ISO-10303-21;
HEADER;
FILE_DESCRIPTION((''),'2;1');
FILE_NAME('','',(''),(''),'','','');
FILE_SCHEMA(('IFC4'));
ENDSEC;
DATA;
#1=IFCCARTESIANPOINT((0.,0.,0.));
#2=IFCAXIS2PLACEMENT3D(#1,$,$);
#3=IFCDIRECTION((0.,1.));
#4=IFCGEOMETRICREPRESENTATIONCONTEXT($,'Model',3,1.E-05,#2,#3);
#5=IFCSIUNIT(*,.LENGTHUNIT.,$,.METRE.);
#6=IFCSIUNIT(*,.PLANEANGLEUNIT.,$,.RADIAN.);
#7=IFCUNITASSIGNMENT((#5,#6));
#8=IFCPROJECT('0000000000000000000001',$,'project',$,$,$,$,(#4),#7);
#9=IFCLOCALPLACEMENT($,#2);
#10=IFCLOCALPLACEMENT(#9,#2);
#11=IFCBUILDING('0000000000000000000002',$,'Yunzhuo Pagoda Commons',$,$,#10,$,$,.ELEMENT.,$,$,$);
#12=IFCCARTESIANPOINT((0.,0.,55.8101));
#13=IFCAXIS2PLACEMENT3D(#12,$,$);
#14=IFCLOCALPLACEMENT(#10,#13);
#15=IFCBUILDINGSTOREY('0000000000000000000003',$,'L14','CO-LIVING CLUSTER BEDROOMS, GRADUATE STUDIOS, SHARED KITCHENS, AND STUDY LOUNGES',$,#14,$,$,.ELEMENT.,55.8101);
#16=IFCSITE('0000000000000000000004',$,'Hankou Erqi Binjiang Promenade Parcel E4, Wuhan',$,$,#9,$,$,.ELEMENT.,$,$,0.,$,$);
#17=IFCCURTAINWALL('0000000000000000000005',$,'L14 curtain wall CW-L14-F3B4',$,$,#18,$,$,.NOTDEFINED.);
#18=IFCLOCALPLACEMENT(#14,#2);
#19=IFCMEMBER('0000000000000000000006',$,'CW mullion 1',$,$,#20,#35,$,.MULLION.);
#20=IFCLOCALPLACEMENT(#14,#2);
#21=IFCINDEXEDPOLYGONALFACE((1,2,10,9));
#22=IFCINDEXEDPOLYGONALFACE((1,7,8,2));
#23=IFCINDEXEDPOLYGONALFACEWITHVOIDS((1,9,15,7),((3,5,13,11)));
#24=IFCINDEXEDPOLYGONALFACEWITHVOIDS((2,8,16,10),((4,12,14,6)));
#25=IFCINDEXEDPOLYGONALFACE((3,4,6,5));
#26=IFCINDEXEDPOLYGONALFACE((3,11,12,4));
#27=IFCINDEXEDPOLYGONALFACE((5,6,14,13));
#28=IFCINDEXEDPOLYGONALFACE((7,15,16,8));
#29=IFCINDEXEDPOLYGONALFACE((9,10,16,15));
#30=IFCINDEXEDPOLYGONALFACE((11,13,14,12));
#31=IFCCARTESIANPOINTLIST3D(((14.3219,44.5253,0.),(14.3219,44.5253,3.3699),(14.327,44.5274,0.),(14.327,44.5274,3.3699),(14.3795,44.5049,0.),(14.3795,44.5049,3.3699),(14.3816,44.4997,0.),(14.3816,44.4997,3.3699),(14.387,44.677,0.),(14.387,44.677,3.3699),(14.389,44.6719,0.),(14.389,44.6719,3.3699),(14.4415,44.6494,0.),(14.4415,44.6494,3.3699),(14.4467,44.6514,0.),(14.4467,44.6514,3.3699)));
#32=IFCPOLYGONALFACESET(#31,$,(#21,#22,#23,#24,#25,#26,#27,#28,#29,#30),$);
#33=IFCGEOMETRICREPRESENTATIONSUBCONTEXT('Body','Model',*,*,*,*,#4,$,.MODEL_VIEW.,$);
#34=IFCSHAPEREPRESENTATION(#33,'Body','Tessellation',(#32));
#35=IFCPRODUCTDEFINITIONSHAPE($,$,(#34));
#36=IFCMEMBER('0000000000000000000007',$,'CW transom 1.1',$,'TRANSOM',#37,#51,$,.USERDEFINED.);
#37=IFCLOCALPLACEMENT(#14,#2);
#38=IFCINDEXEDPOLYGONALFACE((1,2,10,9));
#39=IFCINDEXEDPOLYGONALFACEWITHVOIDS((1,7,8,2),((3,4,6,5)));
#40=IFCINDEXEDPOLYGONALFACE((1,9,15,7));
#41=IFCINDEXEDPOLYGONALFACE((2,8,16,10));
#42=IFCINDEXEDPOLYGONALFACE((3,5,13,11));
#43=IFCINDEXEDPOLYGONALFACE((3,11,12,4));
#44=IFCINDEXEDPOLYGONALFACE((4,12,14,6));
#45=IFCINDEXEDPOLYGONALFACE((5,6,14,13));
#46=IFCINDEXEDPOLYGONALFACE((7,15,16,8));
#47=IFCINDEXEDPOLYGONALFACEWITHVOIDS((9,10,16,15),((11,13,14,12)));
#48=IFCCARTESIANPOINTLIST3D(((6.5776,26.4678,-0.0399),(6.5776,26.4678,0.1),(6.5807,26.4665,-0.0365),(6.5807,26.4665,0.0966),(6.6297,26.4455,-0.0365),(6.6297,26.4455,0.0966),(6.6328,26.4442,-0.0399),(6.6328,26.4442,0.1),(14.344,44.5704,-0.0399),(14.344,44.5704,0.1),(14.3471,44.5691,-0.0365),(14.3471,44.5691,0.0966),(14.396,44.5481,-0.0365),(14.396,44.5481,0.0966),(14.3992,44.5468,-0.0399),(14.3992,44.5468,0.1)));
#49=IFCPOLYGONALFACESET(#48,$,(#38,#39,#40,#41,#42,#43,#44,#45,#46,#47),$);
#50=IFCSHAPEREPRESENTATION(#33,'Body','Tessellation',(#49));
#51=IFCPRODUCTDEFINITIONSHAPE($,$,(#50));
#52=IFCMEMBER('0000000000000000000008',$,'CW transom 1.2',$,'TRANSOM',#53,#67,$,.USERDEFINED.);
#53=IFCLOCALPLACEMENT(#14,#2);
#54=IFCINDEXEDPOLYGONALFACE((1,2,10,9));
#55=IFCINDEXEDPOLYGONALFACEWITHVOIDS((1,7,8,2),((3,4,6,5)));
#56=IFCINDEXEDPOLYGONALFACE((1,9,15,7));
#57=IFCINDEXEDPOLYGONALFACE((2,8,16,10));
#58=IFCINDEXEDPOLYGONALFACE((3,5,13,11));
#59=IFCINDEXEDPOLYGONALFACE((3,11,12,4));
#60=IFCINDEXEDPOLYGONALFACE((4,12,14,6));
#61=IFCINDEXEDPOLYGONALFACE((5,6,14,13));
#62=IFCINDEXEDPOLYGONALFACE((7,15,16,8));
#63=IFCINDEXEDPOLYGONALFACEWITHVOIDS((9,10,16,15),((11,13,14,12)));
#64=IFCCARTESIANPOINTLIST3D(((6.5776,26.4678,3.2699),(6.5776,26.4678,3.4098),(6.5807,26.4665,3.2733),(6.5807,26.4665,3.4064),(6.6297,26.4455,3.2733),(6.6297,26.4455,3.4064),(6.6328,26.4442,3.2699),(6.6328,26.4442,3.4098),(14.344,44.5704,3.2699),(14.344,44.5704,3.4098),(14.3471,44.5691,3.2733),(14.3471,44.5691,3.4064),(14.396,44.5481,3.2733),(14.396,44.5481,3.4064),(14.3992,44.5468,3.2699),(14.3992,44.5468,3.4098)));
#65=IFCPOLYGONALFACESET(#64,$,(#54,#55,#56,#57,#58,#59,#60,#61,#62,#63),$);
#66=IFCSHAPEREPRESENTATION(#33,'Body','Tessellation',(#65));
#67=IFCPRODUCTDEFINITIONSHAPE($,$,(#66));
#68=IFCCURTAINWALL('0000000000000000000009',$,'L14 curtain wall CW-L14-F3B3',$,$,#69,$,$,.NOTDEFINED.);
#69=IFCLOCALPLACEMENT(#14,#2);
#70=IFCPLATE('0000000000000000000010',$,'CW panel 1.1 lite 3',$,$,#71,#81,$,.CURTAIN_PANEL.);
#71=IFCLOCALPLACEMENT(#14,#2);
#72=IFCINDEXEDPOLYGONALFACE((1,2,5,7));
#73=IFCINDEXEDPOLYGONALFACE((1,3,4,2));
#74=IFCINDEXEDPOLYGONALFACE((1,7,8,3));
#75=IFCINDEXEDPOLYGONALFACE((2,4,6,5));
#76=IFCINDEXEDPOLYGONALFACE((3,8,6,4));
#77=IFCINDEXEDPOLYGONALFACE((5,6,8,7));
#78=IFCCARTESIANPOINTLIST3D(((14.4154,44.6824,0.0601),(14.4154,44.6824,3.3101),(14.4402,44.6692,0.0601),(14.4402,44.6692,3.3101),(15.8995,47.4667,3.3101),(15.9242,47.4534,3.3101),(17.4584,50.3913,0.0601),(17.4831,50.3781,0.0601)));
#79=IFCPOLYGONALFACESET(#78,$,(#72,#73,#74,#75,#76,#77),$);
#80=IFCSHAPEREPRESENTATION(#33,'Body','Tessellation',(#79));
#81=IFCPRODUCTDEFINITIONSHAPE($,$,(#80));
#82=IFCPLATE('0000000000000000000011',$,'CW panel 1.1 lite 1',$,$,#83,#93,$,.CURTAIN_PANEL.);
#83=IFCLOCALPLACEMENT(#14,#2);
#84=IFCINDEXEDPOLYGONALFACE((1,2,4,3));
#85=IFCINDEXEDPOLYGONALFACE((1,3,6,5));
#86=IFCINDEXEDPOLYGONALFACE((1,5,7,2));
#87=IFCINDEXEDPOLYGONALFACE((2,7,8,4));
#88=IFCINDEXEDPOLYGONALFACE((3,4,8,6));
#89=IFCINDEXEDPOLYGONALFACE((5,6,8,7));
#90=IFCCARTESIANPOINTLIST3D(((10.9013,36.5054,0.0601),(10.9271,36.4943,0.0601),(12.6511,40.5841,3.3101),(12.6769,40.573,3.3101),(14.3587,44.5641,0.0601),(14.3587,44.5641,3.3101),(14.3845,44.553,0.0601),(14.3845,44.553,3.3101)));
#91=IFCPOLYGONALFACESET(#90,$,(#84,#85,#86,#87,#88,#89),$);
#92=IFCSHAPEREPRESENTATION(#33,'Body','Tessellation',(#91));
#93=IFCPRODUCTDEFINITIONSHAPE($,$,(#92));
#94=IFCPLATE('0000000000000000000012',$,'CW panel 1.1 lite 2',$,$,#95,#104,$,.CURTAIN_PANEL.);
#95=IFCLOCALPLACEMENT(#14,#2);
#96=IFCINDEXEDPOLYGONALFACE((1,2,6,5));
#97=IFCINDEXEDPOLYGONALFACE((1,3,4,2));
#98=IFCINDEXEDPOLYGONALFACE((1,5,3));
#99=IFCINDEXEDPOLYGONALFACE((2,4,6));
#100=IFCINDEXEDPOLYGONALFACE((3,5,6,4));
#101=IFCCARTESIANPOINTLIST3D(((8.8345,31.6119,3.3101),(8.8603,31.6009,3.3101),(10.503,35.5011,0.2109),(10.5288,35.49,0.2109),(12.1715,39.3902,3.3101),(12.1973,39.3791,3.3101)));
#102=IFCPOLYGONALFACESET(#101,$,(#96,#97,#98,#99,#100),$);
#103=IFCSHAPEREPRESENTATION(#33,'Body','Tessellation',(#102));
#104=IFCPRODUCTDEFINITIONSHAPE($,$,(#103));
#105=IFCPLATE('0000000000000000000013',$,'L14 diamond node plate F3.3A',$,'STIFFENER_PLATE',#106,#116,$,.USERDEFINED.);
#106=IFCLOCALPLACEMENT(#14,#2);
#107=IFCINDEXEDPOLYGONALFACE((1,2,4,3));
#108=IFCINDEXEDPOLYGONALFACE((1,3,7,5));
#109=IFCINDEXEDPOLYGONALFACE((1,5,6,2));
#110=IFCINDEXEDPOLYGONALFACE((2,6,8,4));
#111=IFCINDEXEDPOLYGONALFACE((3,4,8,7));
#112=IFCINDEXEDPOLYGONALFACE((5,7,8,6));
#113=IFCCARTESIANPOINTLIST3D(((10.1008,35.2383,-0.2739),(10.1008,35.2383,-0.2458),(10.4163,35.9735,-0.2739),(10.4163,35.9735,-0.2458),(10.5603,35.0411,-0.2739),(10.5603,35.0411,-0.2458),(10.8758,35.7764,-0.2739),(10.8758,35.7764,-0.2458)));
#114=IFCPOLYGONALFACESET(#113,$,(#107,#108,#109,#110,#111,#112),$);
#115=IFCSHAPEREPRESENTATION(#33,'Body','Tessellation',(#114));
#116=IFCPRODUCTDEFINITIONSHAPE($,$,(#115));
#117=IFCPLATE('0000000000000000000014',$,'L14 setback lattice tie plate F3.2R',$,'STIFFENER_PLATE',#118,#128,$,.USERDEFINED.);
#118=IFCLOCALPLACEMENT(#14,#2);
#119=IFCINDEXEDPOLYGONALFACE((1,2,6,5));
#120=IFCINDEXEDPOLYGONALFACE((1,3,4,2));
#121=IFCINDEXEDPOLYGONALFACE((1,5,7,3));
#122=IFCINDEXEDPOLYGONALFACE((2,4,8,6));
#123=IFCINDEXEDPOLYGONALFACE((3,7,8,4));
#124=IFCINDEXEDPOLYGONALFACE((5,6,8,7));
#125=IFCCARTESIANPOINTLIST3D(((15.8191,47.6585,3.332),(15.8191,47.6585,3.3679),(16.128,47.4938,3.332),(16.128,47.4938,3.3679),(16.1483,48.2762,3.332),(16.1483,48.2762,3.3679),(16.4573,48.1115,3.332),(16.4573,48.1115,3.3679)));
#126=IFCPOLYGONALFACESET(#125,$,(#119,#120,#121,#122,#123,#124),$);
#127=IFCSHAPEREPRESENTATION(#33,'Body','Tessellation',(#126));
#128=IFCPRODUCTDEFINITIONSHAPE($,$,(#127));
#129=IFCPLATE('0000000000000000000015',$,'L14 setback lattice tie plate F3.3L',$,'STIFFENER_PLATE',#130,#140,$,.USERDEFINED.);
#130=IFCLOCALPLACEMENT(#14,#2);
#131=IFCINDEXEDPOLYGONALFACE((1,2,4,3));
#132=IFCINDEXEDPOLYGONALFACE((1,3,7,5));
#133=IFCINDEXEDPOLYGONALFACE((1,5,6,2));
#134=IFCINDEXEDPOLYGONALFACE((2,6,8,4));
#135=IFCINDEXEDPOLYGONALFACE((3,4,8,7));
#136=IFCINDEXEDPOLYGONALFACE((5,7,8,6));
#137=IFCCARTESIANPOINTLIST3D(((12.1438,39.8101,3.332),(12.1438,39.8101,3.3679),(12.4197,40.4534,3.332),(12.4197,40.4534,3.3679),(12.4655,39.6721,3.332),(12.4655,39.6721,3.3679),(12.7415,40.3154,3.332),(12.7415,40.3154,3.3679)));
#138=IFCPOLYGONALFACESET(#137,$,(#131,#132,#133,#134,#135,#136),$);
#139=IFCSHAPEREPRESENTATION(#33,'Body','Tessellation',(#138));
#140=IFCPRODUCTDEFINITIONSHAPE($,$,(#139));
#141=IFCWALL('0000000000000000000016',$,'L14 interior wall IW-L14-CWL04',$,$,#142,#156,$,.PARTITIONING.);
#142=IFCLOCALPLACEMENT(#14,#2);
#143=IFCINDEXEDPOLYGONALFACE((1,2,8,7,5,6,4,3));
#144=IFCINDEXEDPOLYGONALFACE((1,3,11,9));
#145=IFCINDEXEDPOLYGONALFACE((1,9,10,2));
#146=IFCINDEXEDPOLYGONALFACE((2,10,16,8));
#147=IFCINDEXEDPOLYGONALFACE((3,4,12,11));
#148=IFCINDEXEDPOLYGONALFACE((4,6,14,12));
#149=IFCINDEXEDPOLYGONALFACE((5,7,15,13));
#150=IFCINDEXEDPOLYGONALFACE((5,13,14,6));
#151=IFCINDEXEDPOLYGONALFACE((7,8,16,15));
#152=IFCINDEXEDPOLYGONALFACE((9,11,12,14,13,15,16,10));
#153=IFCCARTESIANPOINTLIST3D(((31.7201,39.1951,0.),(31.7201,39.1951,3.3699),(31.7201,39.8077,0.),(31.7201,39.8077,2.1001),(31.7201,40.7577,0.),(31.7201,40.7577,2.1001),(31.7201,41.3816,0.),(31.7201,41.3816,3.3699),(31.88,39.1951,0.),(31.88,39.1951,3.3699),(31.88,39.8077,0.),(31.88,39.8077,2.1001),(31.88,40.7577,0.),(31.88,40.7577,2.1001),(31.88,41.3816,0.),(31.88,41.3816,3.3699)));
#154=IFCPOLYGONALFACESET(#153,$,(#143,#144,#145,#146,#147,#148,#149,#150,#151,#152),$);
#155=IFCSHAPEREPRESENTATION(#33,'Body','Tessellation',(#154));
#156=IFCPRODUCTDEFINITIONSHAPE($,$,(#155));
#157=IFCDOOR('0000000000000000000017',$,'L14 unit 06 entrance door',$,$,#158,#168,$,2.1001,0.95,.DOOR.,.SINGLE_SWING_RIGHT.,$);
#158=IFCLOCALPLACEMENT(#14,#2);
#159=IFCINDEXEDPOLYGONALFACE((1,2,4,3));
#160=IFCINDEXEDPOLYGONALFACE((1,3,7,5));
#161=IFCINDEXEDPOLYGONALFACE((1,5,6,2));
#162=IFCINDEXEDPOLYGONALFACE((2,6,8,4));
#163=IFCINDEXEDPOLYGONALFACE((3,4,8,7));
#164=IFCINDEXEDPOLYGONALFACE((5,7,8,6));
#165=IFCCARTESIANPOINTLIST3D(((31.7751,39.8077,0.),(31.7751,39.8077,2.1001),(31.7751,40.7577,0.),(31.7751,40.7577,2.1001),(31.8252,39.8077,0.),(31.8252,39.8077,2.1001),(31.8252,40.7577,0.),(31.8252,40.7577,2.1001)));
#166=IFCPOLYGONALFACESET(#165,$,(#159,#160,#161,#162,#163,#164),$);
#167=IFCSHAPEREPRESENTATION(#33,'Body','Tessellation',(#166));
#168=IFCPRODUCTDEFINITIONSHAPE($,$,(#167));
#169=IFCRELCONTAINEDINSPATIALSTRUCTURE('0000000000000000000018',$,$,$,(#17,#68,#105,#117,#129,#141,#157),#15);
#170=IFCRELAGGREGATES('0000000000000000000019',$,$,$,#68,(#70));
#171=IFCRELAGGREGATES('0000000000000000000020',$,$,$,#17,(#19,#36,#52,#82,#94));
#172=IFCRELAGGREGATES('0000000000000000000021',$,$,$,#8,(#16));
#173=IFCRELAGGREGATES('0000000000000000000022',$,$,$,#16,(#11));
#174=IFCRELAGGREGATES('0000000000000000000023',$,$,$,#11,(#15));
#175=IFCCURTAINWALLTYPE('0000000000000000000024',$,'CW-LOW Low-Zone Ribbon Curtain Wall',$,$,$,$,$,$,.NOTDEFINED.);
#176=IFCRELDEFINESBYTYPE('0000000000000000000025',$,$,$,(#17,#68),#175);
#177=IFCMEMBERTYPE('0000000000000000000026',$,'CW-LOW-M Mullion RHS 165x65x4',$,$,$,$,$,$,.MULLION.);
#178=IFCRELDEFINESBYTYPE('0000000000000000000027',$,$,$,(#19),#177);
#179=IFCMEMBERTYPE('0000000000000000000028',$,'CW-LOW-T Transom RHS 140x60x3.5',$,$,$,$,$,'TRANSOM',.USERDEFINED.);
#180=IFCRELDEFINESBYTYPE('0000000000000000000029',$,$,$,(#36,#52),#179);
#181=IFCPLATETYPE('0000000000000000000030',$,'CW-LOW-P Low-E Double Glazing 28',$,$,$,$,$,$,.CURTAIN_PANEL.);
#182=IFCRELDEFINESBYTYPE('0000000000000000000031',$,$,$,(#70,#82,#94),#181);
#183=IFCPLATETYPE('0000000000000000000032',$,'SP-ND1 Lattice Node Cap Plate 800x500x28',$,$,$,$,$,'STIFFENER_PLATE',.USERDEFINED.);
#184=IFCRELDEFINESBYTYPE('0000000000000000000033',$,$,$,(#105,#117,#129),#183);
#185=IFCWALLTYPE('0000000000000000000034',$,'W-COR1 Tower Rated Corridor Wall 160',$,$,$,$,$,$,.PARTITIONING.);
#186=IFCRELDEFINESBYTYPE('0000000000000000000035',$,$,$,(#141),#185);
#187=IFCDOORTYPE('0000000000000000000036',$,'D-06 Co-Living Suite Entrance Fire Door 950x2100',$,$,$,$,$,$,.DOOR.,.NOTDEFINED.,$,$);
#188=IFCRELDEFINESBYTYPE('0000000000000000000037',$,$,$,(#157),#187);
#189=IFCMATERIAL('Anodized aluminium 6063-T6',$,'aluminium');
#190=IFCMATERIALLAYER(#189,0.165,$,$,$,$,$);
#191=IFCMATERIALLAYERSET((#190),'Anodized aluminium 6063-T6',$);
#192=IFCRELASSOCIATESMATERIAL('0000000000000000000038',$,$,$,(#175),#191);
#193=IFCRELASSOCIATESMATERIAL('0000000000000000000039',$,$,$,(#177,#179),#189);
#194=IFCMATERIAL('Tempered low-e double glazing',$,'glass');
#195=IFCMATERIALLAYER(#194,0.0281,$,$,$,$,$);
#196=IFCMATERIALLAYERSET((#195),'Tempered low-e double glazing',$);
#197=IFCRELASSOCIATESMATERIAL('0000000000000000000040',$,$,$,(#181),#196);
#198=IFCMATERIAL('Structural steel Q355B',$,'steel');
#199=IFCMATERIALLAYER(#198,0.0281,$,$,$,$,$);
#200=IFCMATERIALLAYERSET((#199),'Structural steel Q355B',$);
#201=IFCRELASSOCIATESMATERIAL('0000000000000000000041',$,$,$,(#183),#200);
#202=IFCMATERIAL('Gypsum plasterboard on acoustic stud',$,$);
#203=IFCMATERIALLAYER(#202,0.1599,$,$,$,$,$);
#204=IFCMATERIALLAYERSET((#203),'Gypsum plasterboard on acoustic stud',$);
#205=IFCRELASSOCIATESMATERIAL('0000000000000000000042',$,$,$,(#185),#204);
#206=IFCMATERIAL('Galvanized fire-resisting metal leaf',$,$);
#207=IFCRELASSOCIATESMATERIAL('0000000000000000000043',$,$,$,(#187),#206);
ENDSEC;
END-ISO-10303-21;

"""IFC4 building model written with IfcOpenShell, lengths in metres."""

from ifc_helpers import new_model, si_unit, direction, frame, frame_2d, origin, origin_with_axes, origin_2d, place, context, subcontext, project, spatial, polyline, rectangle, hollow_rectangle, outline, extrude, source, transform, mapped, material, layer, layer_set, material_profile, profile_set, type_object, element, fill, aggregate, save


model = new_model("IFC4")

# Units and contexts
model_context = context("Model", 3, precision=1e-05, world=origin(), true_north=direction((0.0, 1.0)))
body_context = subcontext(model_context, "Body", "Model", "MODEL_VIEW")
ifc_project = project(units=[si_unit("LENGTHUNIT", "METRE"), si_unit("PLANEANGLEUNIT", "RADIAN")], contexts=[model_context])

# Site, building, storey
site_placement = place(None, origin())
site = spatial("IfcSite", under=ifc_project, at=site_placement, Name="Hankou Erqi Binjiang Promenade Parcel E4, Wuhan", CompositionType="ELEMENT", RefElevation=0.0)
building_placement = place(site_placement, origin())
building = spatial("IfcBuilding", under=site, at=building_placement, Name="Yunzhuo Pagoda Commons", CompositionType="ELEMENT")
storey_placement = place(building_placement, frame((0.0, 0.0, 55.8101)))
storey = spatial("IfcBuildingStorey", under=building, at=storey_placement, Name="L14", Description="CO-LIVING CLUSTER BEDROOMS, GRADUATE STUDIOS, SHARED KITCHENS, AND STUDY LOUNGES", CompositionType="ELEMENT", Elevation=55.8101)

# Shared definitions
ifc_material_1 = material(Name="Structural steel Q355B", Category="steel")

# Curtain wall, members
ifc_material_2 = material(Name="Anodized aluminium 6063-T6", Category="aluminium")
ifc_layer_1 = layer(ifc_material_2, 0.165)
ifc_layer_set_1 = layer_set([ifc_layer_1], Name="Anodized aluminium 6063-T6")
curtain_wall_type = type_object("IfcCurtainWallType", Name="CW-LOW Low-Zone Ribbon Curtain Wall", PredefinedType="NOTDEFINED", material=ifc_layer_set_1)
curtain_wall_1_placement = place(storey_placement, origin())
curtain_wall_1 = element("IfcCurtainWall", 1, at=curtain_wall_1_placement, inside=storey, type_object=curtain_wall_type, Name="L14 curtain wall CW-L14-F3B4", PredefinedType="NOTDEFINED")
ifc_material_profile_1 = material_profile(ifc_material_2, hollow_rectangle(XDim=0.0649, YDim=0.165, WallThickness=0.0039, at=origin_2d()), Name="Anodized aluminium 6063-T6")
ifc_profile_set_1 = profile_set([ifc_material_profile_1], Name="Anodized aluminium 6063-T6")
member_type_1 = type_object("IfcMemberType", Name="CW-LOW-M Mullion RHS 165x65x4", PredefinedType="MULLION", material=ifc_profile_set_1)
shared_shape_1 = source(origin(), body_context, "Body", "SweptSolid", [
    extrude(hollow_rectangle(XDim=0.0649, YDim=0.165, WallThickness=0.0039, at=origin_2d()), origin(), (0.0, 0.0, 1.0), 3.3699),
])
member_1_placement = place(storey_placement, frame((14.3843, 44.5884, 0.0), z_axis=(0.0, 0.0, 1.0), x_axis=(0.918993, -0.394274, 0.0)))
member_1 = element("IfcMember", 2, at=member_1_placement, type_object=member_type_1, Name="CW mullion 1", PredefinedType="MULLION", context=body_context, shape_type="MappedRepresentation", body=[
    mapped(shared_shape_1, transform((0.0, 0.0, 0.0), scale=1.0)),
])
ifc_material_profile_2 = material_profile(ifc_material_2, hollow_rectangle(XDim=0.0601, YDim=0.1399, WallThickness=0.0034, at=origin_2d()), Name="Anodized aluminium 6063-T6")
ifc_profile_set_2 = profile_set([ifc_material_profile_2], Name="Anodized aluminium 6063-T6")
member_type_2 = type_object("IfcMemberType", Name="CW-LOW-T Transom RHS 140x60x3.5", ElementType="TRANSOM", PredefinedType="USERDEFINED", material=ifc_profile_set_2)
shared_shape_2 = source(origin(), body_context, "Body", "SweptSolid", [
    extrude(hollow_rectangle(XDim=0.0601, YDim=0.1399, WallThickness=0.0034, at=origin_2d()), origin(), (0.0, 0.0, 1.0), 19.6982),
])
member_2_placement = place(storey_placement, frame((14.3716, 44.5586, 0.03), z_axis=(-0.394268, -0.918996, 0.0), x_axis=(0.918996, -0.394268, 0.0)))
member_2 = element("IfcMember", 3, at=member_2_placement, type_object=member_type_2, Name="CW transom 1.1", ObjectType="TRANSOM", PredefinedType="USERDEFINED", context=body_context, shape_type="MappedRepresentation", body=[
    mapped(shared_shape_2, transform((0.0, 0.0, 0.0), scale=1.0)),
])
member_3_placement = place(storey_placement, frame((14.3716, 44.5586, 3.3398), z_axis=(-0.394268, -0.918996, 0.0), x_axis=(0.918996, -0.394268, 0.0)))
member_3 = element("IfcMember", 4, at=member_3_placement, type_object=member_type_2, Name="CW transom 1.2", ObjectType="TRANSOM", PredefinedType="USERDEFINED", context=body_context, shape_type="MappedRepresentation", body=[
    mapped(shared_shape_2, transform((0.0, 0.0, 0.0), scale=1.0)),
])

# Curtain wall, plate
curtain_wall_2_placement = place(storey_placement, origin())
curtain_wall_2 = element("IfcCurtainWall", 5, at=curtain_wall_2_placement, inside=storey, type_object=curtain_wall_type, Name="L14 curtain wall CW-L14-F3B3", PredefinedType="NOTDEFINED")
ifc_material_3 = material(Name="Tempered low-e double glazing", Category="glass")
ifc_layer_2 = layer(ifc_material_3, 0.0281)
ifc_layer_set_2 = layer_set([ifc_layer_2], Name="Tempered low-e double glazing")
plate_type_1 = type_object("IfcPlateType", Name="CW-LOW-P Low-E Double Glazing 28", PredefinedType="CURTAIN_PANEL", material=ifc_layer_set_2)
plate_1_placement = place(storey_placement, frame((15.9617, 47.5237, 1.6851), z_axis=(-0.88247, 0.470369, 0.0), x_axis=(-0.470369, -0.88247, 0.0)))
plate_1 = element("IfcPlate", 6, at=plate_1_placement, type_object=plate_type_1, Name="CW panel 1.1 lite 3", PredefinedType="CURTAIN_PANEL", context=body_context, shape_type="SweptSolid", body=[
    extrude(outline(polyline([(-3.2346, -1.625), (3.2346, -1.625), (3.2346, 1.625), (0.0796, 1.625), (-3.2346, -1.625)])), origin(), (0.0, 0.0, 1.0), 0.0281),
])
aggregate(curtain_wall_2, [plate_1])

# Plates
plate_2_placement = place(storey_placement, frame((12.6558, 40.5237, 1.6851), z_axis=(-0.918993, 0.394274, 0.0), x_axis=(-0.394274, -0.918993, 0.0)))
plate_2 = element("IfcPlate", 7, at=plate_2_placement, type_object=plate_type_1, Name="CW panel 1.1 lite 1", PredefinedType="CURTAIN_PANEL", context=body_context, shape_type="SweptSolid", body=[
    extrude(outline(polyline([(-4.3845, -1.625), (4.3845, -1.625), (-0.0537, 1.625), (-4.3845, 1.625), (-4.3845, -1.625)])), origin(), (0.0, 0.0, 1.0), 0.0281),
])
plate_3_placement = place(storey_placement, frame((10.5288, 35.49, 1.7605), z_axis=(-0.918993, 0.394274, 0.0), x_axis=(-0.394274, -0.918993, 0.0)))
plate_3 = element("IfcPlate", 8, at=plate_3_placement, type_object=plate_type_1, Name="CW panel 1.1 lite 2", PredefinedType="CURTAIN_PANEL", context=body_context, shape_type="SweptSolid", body=[
    extrude(outline(polyline([(-4.2319, 1.5496), (0.0, -1.5496), (4.2319, 1.5496), (-4.2319, 1.5496)])), origin(), (0.0, 0.0, 1.0), 0.0281),
])
aggregate(curtain_wall_1, [member_1, member_2, member_3, plate_2, plate_3])

# Plates
ifc_layer_3 = layer(ifc_material_1, 0.0281)
ifc_layer_set_3 = layer_set([ifc_layer_3], Name="Structural steel Q355B")
plate_type_2 = type_object("IfcPlateType", Name="SP-ND1 Lattice Node Cap Plate 800x500x28", ElementType="STIFFENER_PLATE", PredefinedType="USERDEFINED", material=ifc_layer_set_3)
shared_shape_3 = source(origin(), body_context, "Body", "SweptSolid", [
    extrude(rectangle(XDim=0.8, YDim=0.5, at=origin_2d()), origin(), (0.0, 0.0, 1.0), 0.0281),
])
plate_4_placement = place(storey_placement, frame((10.4883, 35.5073, -0.2739), z_axis=(0.0, 0.0, 1.0), x_axis=(-0.394279, -0.918991, 0.0)))
element("IfcPlate", 9, at=plate_4_placement, inside=storey, type_object=plate_type_2, Name="L14 diamond node plate F3.3A", ObjectType="STIFFENER_PLATE", PredefinedType="USERDEFINED", context=body_context, shape_type="MappedRepresentation", body=[
    mapped(shared_shape_3, transform((0.0, 0.0, 0.0), scale=1.0)),
])
shared_shape_4 = source(origin(), body_context, "Body", "SweptSolid", [
    extrude(rectangle(XDim=0.7, YDim=0.3501, at=origin_2d()), origin(), (0.0, 0.0, 1.0), 0.0359),
])
for number, where, z_axis, x_axis, name in (
    (10, (16.1382, 47.885, 3.332), (0.0, 0.0, 1.0), (-0.470365, -0.882472, 0.0), "L14 setback lattice tie plate F3.2R"),
    (11, (12.4426, 40.0627, 3.332), (0.0, 0.0, 1.0), (-0.394279, -0.918991, 0.0), "L14 setback lattice tie plate F3.3L"),
):
    element("IfcPlate", number, at=place(storey_placement, frame(where, z_axis=z_axis, x_axis=x_axis)), inside=storey, type_object=plate_type_2, Name=name, ObjectType="STIFFENER_PLATE", PredefinedType="USERDEFINED", context=body_context, shape_type="MappedRepresentation", body=[
        mapped(shared_shape_4, transform((0.0, 0.0, 0.0), scale=1.0)),
    ])

# Wall, opening, door
ifc_material_4 = material(Name="Gypsum plasterboard on acoustic stud")
ifc_layer_4 = layer(ifc_material_4, 0.1599)
ifc_layer_set_4 = layer_set([ifc_layer_4], Name="Gypsum plasterboard on acoustic stud")
wall_type_1 = type_object("IfcWallType", Name="W-COR1 Tower Rated Corridor Wall 160", PredefinedType="PARTITIONING", material=ifc_layer_set_4)
wall_1_placement = place(storey_placement, frame((31.8, 39.1951, 0.0), z_axis=(0.0, 0.0, 1.0), x_axis=(0.0, 1.0, 0.0)))
wall_1 = element("IfcWall", 12, at=wall_1_placement, inside=storey, type_object=wall_type_1, Name="L14 interior wall IW-L14-CWL04", PredefinedType="PARTITIONING", context=body_context, shape_type="SweptSolid", body=[
    extrude(rectangle(XDim=2.1865, YDim=0.1599, at=frame_2d((1.0933, 0.0))), origin(), (0.0, 0.0, 1.0), 3.3699),
])
opening_1_placement = place(wall_1_placement, frame((0.6125, 0.0, 0.0)))
opening_1 = element("IfcOpeningElement", 13, at=opening_1_placement, cuts=wall_1, PredefinedType="OPENING", context=body_context, shape_type="SweptSolid", body=[
    extrude(rectangle(XDim=0.95, YDim=2.1001, at=frame_2d((0.4751, 1.05))), frame((0.0, 0.0898, 0.0), z_axis=(0.0, -1.0, 0.0), x_axis=(1.0, 0.0, 0.0)), (0.0, 0.0, 1.0), 0.1799),
])
ifc_material_5 = material(Name="Galvanized fire-resisting metal leaf")
door_type_1 = type_object("IfcDoorType", Name="D-06 Co-Living Suite Entrance Fire Door 950x2100", OperationType="NOTDEFINED", PredefinedType="DOOR", material=ifc_material_5)
shared_shape_5 = source(origin(), body_context, "Body", "SweptSolid", [
    extrude(rectangle(XDim=0.95, YDim=2.1001, at=frame_2d((0.4751, 1.05))), frame((0.0, 0.0249, 0.0), z_axis=(0.0, -1.0, 0.0), x_axis=(1.0, 0.0, 0.0)), (0.0, 0.0, 1.0), 0.05),
])
door_1_placement = place(opening_1_placement, origin_with_axes())
door_1 = element("IfcDoor", 14, at=door_1_placement, inside=storey, type_object=door_type_1, Name="L14 unit 06 entrance door", OperationType="SINGLE_SWING_RIGHT", OverallHeight=2.1001, OverallWidth=0.95, PredefinedType="DOOR", context=body_context, shape_type="MappedRepresentation", body=[
    mapped(shared_shape_5, transform((0.0, 0.0, 0.0), scale=1.0)),
])
fill(opening_1, door_1)

save(model, "model.ifc")
